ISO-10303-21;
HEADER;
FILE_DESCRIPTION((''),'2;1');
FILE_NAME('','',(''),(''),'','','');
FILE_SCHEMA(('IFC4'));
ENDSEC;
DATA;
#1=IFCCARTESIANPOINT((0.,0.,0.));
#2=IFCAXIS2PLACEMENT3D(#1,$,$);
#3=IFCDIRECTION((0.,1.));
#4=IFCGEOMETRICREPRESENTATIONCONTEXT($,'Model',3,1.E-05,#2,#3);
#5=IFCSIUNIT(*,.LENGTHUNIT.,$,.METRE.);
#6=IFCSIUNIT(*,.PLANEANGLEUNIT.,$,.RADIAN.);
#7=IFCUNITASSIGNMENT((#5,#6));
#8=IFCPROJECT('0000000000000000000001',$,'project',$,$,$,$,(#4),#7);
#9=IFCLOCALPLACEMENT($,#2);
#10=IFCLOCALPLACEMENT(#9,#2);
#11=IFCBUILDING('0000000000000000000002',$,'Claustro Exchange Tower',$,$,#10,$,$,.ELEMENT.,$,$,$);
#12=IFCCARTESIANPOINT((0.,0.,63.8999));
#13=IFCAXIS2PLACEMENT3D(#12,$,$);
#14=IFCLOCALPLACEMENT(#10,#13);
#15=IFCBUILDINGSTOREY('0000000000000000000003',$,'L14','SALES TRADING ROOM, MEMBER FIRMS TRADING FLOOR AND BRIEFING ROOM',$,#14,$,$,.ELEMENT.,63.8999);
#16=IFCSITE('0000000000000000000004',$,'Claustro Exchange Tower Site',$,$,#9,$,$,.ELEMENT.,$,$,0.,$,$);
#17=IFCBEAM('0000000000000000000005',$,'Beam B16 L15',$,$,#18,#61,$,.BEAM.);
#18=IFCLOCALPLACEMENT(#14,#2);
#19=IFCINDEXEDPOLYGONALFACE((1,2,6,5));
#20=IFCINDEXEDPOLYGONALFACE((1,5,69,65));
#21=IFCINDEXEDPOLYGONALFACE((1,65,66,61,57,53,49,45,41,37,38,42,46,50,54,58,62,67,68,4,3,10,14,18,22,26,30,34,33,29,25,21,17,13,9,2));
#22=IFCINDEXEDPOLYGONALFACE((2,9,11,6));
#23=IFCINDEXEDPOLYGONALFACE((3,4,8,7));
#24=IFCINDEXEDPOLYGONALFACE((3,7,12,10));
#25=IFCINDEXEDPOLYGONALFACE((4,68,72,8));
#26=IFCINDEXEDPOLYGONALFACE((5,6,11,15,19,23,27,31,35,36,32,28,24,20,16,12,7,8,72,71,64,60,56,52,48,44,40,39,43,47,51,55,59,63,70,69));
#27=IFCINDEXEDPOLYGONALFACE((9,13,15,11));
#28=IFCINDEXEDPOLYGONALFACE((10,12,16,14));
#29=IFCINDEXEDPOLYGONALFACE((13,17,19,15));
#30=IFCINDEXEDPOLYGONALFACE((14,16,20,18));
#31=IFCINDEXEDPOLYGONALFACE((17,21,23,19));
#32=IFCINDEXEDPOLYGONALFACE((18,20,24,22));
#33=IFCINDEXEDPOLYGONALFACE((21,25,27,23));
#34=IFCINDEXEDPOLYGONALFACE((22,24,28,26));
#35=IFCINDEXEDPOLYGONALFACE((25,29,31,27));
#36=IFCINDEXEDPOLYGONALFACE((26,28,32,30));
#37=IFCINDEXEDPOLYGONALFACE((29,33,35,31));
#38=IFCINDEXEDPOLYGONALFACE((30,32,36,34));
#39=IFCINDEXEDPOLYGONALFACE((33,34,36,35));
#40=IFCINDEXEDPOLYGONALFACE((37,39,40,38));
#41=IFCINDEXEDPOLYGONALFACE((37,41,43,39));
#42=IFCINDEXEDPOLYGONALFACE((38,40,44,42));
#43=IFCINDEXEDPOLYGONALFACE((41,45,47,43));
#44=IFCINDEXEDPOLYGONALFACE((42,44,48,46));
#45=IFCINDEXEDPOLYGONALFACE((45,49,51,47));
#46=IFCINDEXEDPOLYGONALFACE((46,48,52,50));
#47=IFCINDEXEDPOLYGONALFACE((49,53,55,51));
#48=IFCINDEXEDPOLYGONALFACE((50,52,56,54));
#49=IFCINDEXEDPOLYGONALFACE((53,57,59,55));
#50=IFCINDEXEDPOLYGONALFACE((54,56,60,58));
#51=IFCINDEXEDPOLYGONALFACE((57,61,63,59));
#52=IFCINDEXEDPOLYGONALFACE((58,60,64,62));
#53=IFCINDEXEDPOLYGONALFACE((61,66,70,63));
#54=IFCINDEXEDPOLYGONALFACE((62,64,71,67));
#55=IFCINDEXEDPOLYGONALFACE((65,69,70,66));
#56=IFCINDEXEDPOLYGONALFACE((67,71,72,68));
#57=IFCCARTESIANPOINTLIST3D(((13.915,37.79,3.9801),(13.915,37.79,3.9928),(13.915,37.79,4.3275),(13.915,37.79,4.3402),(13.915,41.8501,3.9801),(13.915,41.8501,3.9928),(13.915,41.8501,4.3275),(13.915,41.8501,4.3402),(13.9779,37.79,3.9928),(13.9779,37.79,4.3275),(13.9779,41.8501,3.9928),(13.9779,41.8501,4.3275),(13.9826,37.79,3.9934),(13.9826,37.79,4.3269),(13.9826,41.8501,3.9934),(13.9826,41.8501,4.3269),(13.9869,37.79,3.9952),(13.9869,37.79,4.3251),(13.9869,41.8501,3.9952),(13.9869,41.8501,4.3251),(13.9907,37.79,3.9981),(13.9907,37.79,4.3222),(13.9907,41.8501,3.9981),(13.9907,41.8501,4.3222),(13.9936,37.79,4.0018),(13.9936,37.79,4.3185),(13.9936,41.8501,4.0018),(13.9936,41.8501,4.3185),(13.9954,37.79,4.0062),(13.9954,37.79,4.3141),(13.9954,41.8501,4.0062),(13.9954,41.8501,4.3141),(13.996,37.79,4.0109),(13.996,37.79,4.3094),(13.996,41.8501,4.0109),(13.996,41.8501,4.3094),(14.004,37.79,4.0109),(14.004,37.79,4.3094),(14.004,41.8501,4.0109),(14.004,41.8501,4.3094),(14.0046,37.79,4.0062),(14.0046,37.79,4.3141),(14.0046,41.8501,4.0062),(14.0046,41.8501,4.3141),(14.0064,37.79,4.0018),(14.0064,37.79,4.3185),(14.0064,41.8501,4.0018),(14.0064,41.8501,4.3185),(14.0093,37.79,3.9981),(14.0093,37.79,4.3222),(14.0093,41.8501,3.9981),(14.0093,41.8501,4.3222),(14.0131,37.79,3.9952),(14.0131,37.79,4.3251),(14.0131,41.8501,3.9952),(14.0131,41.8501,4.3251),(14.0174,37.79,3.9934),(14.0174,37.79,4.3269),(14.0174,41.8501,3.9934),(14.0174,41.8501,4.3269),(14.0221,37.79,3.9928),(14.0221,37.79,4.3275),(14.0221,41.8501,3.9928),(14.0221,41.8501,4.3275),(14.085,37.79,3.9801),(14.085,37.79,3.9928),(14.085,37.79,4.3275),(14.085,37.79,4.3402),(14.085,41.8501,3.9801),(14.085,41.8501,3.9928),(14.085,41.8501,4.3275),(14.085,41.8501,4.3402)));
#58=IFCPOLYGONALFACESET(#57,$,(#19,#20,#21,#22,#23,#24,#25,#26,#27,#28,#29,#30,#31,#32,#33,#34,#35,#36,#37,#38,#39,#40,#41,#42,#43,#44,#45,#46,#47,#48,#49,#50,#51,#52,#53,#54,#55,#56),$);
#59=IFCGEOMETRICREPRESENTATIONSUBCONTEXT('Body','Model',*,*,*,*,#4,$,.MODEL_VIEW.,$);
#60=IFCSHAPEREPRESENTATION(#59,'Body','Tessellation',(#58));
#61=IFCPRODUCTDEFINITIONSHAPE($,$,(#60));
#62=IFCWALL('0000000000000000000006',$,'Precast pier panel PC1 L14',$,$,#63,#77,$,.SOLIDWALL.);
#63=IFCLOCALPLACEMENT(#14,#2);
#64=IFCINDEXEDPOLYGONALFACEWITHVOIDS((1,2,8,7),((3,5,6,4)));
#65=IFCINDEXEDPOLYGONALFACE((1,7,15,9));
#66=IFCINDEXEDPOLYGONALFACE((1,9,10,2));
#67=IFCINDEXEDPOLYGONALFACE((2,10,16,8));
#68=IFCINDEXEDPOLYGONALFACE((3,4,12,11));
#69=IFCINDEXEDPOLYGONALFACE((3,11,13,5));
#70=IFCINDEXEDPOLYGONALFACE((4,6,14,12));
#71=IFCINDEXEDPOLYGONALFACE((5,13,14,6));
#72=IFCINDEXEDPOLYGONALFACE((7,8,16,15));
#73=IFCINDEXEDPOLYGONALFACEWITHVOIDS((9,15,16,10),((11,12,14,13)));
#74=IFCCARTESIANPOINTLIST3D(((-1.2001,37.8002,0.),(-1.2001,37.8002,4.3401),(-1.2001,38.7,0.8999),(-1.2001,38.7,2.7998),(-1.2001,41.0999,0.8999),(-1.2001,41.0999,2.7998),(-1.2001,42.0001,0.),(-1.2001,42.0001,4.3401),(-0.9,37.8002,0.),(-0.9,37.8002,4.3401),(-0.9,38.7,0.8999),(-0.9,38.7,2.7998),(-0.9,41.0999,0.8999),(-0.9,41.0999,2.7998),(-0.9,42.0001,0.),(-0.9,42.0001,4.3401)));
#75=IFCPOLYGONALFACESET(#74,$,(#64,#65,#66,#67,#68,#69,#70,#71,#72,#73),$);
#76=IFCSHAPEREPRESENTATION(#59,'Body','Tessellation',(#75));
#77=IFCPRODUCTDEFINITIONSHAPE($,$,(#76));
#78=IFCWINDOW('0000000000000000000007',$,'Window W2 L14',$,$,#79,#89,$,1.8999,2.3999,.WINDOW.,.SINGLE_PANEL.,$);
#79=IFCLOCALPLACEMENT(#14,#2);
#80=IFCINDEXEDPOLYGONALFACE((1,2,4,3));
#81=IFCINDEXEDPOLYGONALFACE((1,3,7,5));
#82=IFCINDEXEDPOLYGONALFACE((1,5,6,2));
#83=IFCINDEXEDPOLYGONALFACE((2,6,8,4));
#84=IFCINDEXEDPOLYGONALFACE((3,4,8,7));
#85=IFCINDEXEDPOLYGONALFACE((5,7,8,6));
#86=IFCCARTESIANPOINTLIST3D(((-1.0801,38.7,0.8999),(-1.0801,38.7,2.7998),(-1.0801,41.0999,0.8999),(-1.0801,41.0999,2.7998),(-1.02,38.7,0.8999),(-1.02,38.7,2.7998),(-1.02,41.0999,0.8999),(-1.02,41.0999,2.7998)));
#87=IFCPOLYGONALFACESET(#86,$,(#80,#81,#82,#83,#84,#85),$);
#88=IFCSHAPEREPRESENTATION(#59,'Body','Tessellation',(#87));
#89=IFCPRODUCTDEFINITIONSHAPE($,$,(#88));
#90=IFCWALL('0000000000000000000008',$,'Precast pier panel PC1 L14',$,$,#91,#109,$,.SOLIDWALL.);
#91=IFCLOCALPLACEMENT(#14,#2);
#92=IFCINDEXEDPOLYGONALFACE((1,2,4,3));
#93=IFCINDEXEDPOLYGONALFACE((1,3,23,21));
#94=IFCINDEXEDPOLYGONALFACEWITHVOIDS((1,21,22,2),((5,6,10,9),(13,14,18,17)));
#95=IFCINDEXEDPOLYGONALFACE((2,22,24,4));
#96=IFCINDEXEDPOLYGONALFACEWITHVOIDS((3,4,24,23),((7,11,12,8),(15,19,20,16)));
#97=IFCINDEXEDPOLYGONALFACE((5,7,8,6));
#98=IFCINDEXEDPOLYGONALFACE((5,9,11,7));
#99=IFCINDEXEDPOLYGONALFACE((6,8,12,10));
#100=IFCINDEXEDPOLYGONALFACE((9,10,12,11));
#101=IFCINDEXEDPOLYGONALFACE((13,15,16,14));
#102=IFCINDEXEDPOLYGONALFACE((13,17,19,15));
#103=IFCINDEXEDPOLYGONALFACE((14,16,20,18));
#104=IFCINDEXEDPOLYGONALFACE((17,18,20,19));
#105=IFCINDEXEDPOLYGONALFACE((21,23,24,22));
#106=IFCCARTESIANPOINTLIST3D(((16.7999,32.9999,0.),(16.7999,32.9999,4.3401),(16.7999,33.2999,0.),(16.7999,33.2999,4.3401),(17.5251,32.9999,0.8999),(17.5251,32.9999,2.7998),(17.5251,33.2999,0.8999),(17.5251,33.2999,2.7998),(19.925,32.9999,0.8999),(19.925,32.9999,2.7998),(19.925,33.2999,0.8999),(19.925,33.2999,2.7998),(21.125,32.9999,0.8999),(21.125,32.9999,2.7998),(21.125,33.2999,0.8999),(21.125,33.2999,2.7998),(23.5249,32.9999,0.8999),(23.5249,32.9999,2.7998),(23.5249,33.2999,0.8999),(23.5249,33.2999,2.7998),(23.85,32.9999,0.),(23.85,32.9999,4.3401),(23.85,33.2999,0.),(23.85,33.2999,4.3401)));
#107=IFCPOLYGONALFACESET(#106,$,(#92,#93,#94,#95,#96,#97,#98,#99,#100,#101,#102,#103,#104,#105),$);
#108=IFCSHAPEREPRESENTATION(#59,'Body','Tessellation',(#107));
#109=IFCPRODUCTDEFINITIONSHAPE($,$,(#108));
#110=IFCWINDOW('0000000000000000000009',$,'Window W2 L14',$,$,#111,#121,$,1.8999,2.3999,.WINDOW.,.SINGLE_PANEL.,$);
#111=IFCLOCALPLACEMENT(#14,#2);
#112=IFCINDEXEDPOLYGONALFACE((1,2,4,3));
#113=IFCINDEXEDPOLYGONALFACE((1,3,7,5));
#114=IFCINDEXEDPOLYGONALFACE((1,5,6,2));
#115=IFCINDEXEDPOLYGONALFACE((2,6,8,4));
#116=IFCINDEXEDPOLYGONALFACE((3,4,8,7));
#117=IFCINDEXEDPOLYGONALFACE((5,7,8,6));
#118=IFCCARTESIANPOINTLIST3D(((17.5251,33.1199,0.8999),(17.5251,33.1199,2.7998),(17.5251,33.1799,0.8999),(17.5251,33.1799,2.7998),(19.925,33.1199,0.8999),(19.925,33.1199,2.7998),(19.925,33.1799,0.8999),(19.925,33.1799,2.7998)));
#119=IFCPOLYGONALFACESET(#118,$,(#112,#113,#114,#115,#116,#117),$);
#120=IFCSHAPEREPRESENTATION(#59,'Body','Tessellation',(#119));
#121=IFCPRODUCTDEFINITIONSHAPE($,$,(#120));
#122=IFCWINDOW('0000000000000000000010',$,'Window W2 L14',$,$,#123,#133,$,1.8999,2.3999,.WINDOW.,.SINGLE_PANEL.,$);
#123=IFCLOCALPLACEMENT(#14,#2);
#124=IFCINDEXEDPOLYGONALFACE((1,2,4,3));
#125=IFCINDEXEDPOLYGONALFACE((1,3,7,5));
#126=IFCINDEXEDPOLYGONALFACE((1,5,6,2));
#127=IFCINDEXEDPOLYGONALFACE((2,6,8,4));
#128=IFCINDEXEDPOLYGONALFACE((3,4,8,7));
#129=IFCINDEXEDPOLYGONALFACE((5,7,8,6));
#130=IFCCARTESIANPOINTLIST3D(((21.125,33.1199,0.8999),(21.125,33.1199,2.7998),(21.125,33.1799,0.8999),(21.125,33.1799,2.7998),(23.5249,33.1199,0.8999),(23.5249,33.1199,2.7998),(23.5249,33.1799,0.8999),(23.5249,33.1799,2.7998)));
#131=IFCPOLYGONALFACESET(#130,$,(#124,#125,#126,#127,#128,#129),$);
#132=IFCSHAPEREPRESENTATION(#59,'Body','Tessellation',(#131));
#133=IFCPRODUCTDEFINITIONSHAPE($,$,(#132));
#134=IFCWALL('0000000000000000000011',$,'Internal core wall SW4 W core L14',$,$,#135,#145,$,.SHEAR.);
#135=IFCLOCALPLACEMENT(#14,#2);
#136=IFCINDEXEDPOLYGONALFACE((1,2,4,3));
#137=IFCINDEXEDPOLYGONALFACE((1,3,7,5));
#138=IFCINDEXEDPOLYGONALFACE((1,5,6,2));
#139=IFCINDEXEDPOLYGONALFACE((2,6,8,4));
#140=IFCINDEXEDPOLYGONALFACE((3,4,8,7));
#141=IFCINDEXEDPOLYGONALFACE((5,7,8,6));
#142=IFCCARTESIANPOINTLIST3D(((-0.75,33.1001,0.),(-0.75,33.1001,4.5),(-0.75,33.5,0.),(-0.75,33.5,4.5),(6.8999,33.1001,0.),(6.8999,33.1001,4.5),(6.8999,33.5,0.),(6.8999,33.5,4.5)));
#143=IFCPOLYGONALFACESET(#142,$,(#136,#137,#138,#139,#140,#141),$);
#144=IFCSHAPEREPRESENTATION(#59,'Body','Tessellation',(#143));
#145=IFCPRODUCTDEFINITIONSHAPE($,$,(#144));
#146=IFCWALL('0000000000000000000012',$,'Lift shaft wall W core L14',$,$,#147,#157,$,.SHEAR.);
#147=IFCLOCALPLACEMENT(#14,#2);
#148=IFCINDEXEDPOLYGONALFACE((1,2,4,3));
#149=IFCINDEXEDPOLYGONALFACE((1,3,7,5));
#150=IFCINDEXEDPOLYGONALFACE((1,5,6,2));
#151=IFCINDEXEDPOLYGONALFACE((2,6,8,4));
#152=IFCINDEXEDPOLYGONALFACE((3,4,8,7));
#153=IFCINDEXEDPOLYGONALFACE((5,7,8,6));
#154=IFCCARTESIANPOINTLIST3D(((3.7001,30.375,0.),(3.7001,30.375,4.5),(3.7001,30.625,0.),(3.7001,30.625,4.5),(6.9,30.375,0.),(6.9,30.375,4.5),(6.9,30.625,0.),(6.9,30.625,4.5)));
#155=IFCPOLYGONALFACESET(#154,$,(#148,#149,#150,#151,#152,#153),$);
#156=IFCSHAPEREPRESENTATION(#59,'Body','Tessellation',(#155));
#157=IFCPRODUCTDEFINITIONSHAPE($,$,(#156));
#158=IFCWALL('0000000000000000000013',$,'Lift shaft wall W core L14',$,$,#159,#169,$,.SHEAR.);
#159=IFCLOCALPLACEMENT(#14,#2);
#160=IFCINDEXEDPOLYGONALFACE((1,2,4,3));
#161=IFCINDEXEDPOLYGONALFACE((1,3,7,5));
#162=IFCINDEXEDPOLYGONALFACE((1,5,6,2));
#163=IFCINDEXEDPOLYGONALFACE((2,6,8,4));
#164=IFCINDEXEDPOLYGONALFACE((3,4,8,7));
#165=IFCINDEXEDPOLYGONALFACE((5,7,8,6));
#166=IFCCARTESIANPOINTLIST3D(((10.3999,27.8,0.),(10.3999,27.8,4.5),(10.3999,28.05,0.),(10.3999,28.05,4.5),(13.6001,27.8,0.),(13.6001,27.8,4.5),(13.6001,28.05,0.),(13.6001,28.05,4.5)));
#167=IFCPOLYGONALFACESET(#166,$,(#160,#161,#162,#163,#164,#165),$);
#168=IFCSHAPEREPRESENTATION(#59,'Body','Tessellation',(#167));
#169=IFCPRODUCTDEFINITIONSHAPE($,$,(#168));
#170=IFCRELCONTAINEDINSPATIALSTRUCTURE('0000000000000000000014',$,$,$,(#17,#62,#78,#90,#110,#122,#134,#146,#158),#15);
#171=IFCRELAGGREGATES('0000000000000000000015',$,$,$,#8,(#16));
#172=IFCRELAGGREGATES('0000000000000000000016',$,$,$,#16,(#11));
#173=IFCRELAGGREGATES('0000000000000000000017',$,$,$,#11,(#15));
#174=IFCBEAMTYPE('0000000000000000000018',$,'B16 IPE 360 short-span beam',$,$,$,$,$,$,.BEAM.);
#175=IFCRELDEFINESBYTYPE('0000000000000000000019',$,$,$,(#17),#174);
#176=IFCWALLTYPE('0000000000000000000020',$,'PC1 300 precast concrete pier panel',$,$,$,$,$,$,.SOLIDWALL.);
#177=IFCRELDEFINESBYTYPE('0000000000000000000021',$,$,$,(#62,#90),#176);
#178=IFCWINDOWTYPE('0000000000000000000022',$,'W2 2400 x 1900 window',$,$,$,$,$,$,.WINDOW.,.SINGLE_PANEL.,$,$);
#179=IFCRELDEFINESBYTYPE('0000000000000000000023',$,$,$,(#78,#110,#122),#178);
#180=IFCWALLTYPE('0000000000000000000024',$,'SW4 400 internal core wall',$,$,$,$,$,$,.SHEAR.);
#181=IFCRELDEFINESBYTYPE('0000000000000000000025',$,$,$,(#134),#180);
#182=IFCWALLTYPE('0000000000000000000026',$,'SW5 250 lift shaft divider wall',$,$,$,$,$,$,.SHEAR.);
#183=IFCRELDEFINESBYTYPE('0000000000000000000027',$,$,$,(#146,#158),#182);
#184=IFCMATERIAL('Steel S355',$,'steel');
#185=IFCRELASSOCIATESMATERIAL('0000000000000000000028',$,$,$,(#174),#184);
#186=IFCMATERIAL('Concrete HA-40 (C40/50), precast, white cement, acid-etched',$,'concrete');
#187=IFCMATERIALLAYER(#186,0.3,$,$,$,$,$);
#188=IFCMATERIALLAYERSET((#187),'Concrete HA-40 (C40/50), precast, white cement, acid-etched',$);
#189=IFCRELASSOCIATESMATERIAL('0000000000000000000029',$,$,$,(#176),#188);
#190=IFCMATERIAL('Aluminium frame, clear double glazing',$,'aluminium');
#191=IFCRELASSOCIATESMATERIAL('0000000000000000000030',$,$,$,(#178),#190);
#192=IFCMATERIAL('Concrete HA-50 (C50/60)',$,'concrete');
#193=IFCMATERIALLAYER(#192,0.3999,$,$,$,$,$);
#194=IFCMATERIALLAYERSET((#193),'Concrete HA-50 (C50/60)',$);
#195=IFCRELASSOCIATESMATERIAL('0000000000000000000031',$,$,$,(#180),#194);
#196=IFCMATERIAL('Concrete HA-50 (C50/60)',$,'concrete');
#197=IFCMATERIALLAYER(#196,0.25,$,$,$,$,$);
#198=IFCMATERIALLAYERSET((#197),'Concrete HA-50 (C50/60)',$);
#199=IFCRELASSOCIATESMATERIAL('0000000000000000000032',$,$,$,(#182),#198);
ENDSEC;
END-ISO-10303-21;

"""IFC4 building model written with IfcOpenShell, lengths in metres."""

from ifc_helpers import new_model, si_unit, direction, frame, frame_2d, origin, origin_2d, place, context, subcontext, project, spatial, rectangle, i_section, extrude, material, layer, layer_set, material_profile, profile_set, type_object, element, fill, save


model = new_model("IFC4")

# Units and contexts
model_context = context("Model", 3, precision=1e-05, world=origin(), true_north=direction((0.0, 1.0)))
body_context = subcontext(model_context, "Body", "Model", "MODEL_VIEW")
ifc_project = project(units=[si_unit("LENGTHUNIT", "METRE"), si_unit("PLANEANGLEUNIT", "RADIAN")], contexts=[model_context])

# Site, building, storey
site_placement = place(None, origin())
site = spatial("IfcSite", under=ifc_project, at=site_placement, Name="Claustro Exchange Tower Site", CompositionType="ELEMENT", RefElevation=0.0)
building_placement = place(site_placement, origin())
building = spatial("IfcBuilding", under=site, at=building_placement, Name="Claustro Exchange Tower", CompositionType="ELEMENT")
storey_placement = place(building_placement, frame((0.0, 0.0, 63.8999)))
storey = spatial("IfcBuildingStorey", under=building, at=storey_placement, Name="L14", Description="SALES TRADING ROOM, MEMBER FIRMS TRADING FLOOR AND BRIEFING ROOM", CompositionType="ELEMENT", Elevation=63.8999)

# Beam
ifc_material_1 = material(Name="Steel S355", Category="steel")
ifc_material_profile_1 = material_profile(ifc_material_1, i_section(OverallWidth=0.1699, OverallDepth=0.3601, WebThickness=0.0081, FlangeThickness=0.0127, FilletRadius=0.0181, at=origin_2d()), Name="IPE 360")
ifc_profile_set_1 = profile_set([ifc_material_profile_1], Name="Steel S355")
beam_type_1 = type_object("IfcBeamType", Name="B16 IPE 360 short-span beam", PredefinedType="BEAM", material=ifc_profile_set_1)
for number, where, z_axis, x_axis, name in (
    (1, (14.0, 37.79, 4.1602), (0.0, 1.0, 0.0), (-1.0, 0.0, 0.0), "Beam B16 L15"),
):
    element("IfcBeam", number, at=place(storey_placement, frame(where, z_axis=z_axis, x_axis=x_axis)), inside=storey, type_object=beam_type_1, Name=name, PredefinedType="BEAM", context=body_context, shape_type="SweptSolid", body=[
        extrude(i_section(OverallWidth=0.1699, OverallDepth=0.3601, WebThickness=0.0081, FlangeThickness=0.0127, FilletRadius=0.0181, at=origin_2d()), origin(), (0.0, 0.0, 1.0), 4.0601),
    ])

# Wall, opening, window
ifc_material_2 = material(Name="Concrete HA-40 (C40/50), precast, white cement, acid-etched", Category="concrete")
ifc_layer_1 = layer(ifc_material_2, 0.3)
ifc_layer_set_1 = layer_set([ifc_layer_1], Name="Concrete HA-40 (C40/50), precast, white cement, acid-etched")
wall_type_1 = type_object("IfcWallType", Name="PC1 300 precast concrete pier panel", PredefinedType="SOLIDWALL", material=ifc_layer_set_1)
wall_1_placement = place(storey_placement, frame((-1.05, 37.8, 0.0), z_axis=(0.0, 0.0, 1.0), x_axis=(0.0, 1.0, 0.0)))
wall_1 = element("IfcWall", 2, at=wall_1_placement, inside=storey, type_object=wall_type_1, Name="Precast pier panel PC1 L14", PredefinedType="SOLIDWALL", context=body_context, shape_type="SweptSolid", body=[
    extrude(rectangle(XDim=4.2, YDim=0.3, at=frame_2d((2.1001, 0.0))), origin(), (0.0, 0.0, 1.0), 4.3401),
])
opening_1_placement = place(wall_1_placement, frame((0.8999, 0.0, 0.8999)))
opening_1 = element("IfcOpeningElement", 3, at=opening_1_placement, cuts=wall_1, PredefinedType="OPENING", context=body_context, shape_type="SweptSolid", body=[
    extrude(rectangle(XDim=2.3999, YDim=1.8999, at=frame_2d((1.2, 0.95))), frame((0.0, 0.1599, 0.0), z_axis=(0.0, -1.0, 0.0), x_axis=(1.0, 0.0, 0.0)), (0.0, 0.0, 1.0), 0.3201),
])
ifc_material_3 = material(Name="Aluminium frame, clear double glazing", Category="aluminium")
window_type = type_object("IfcWindowType", Name="W2 2400 x 1900 window", PartitioningType="SINGLE_PANEL", PredefinedType="WINDOW", material=ifc_material_3)
window_1_placement = place(opening_1_placement, origin())
window_1 = element("IfcWindow", 4, at=window_1_placement, inside=storey, type_object=window_type, Name="Window W2 L14", OverallHeight=1.8999, OverallWidth=2.3999, PartitioningType="SINGLE_PANEL", PredefinedType="WINDOW", context=body_context, shape_type="SweptSolid", body=[
    extrude(rectangle(XDim=2.3999, YDim=1.8999, at=frame_2d((1.2, 0.95))), frame((0.0, 0.03, 0.0), z_axis=(0.0, -1.0, 0.0), x_axis=(1.0, 0.0, 0.0)), (0.0, 0.0, 1.0), 0.0601),
])
fill(opening_1, window_1)

# Wall, openings, windows
wall_2_placement = place(storey_placement, frame((16.8, 33.1499, 0.0), z_axis=(0.0, 0.0, 1.0), x_axis=(1.0, 0.0, 0.0)))
wall_2 = element("IfcWall", 5, at=wall_2_placement, inside=storey, type_object=wall_type_1, Name="Precast pier panel PC1 L14", PredefinedType="SOLIDWALL", context=body_context, shape_type="SweptSolid", body=[
    extrude(rectangle(XDim=7.05, YDim=0.3, at=frame_2d((3.5249, 0.0))), origin(), (0.0, 0.0, 1.0), 4.3401),
])
opening_2_placement = place(wall_2_placement, frame((0.7251, 0.0, 0.8999)))
opening_2 = element("IfcOpeningElement", 6, at=opening_2_placement, cuts=wall_2, PredefinedType="OPENING", context=body_context, shape_type="SweptSolid", body=[
    extrude(rectangle(XDim=2.3999, YDim=1.8999, at=frame_2d((1.2, 0.95))), frame((0.0, 0.1599, 0.0), z_axis=(0.0, -1.0, 0.0), x_axis=(1.0, 0.0, 0.0)), (0.0, 0.0, 1.0), 0.3201),
])
opening_3_placement = place(wall_2_placement, frame((4.325, 0.0, 0.8999)))
opening_3 = element("IfcOpeningElement", 7, at=opening_3_placement, cuts=wall_2, PredefinedType="OPENING", context=body_context, shape_type="SweptSolid", body=[
    extrude(rectangle(XDim=2.3999, YDim=1.8999, at=frame_2d((1.2, 0.95))), frame((0.0, 0.1599, 0.0), z_axis=(0.0, -1.0, 0.0), x_axis=(1.0, 0.0, 0.0)), (0.0, 0.0, 1.0), 0.3201),
])
window_2_placement = place(opening_2_placement, origin())
window_2 = element("IfcWindow", 8, at=window_2_placement, inside=storey, type_object=window_type, Name="Window W2 L14", OverallHeight=1.8999, OverallWidth=2.3999, PartitioningType="SINGLE_PANEL", PredefinedType="WINDOW", context=body_context, shape_type="SweptSolid", body=[
    extrude(rectangle(XDim=2.3999, YDim=1.8999, at=frame_2d((1.2, 0.95))), frame((0.0, 0.03, 0.0), z_axis=(0.0, -1.0, 0.0), x_axis=(1.0, 0.0, 0.0)), (0.0, 0.0, 1.0), 0.0601),
])
fill(opening_2, window_2)
window_3_placement = place(opening_3_placement, origin())
window_3 = element("IfcWindow", 9, at=window_3_placement, inside=storey, type_object=window_type, Name="Window W2 L14", OverallHeight=1.8999, OverallWidth=2.3999, PartitioningType="SINGLE_PANEL", PredefinedType="WINDOW", context=body_context, shape_type="SweptSolid", body=[
    extrude(rectangle(XDim=2.3999, YDim=1.8999, at=frame_2d((1.2, 0.95))), frame((0.0, 0.03, 0.0), z_axis=(0.0, -1.0, 0.0), x_axis=(1.0, 0.0, 0.0)), (0.0, 0.0, 1.0), 0.0601),
])
fill(opening_3, window_3)

# Walls
ifc_material_4 = material(Name="Concrete HA-50 (C50/60)", Category="concrete")
ifc_layer_2 = layer(ifc_material_4, 0.3999)
ifc_layer_set_2 = layer_set([ifc_layer_2], Name="Concrete HA-50 (C50/60)")
wall_type_2 = type_object("IfcWallType", Name="SW4 400 internal core wall", PredefinedType="SHEAR", material=ifc_layer_set_2)
wall_3_placement = place(storey_placement, frame((-0.75, 33.3, 0.0), z_axis=(0.0, 0.0, 1.0), x_axis=(1.0, 0.0, 0.0)))
element("IfcWall", 10, at=wall_3_placement, inside=storey, type_object=wall_type_2, Name="Internal core wall SW4 W core L14", PredefinedType="SHEAR", context=body_context, shape_type="SweptSolid", body=[
    extrude(rectangle(XDim=7.6499, YDim=0.3999, at=frame_2d((3.825, 0.0))), origin(), (0.0, 0.0, 1.0), 4.5),
])
ifc_material_5 = material(Name="Concrete HA-50 (C50/60)", Category="concrete")
ifc_layer_3 = layer(ifc_material_5, 0.25)
ifc_layer_set_3 = layer_set([ifc_layer_3], Name="Concrete HA-50 (C50/60)")
wall_type_3 = type_object("IfcWallType", Name="SW5 250 lift shaft divider wall", PredefinedType="SHEAR", material=ifc_layer_set_3)
wall_4_placement = place(storey_placement, frame((3.7, 30.5, 0.0), z_axis=(0.0, 0.0, 1.0), x_axis=(1.0, 0.0, 0.0)))
element("IfcWall", 11, at=wall_4_placement, inside=storey, type_object=wall_type_3, Name="Lift shaft wall W core L14", PredefinedType="SHEAR", context=body_context, shape_type="SweptSolid", body=[
    extrude(rectangle(XDim=3.2, YDim=0.25, at=frame_2d((1.6001, 0.0))), origin(), (0.0, 0.0, 1.0), 4.5),
])
for number, where, z_axis, x_axis, name in (
    (12, (10.3999, 27.925, 0.0), (0.0, 0.0, 1.0), (1.0, 0.0, 0.0), "Lift shaft wall W core L14"),
):
    element("IfcWall", number, at=place(storey_placement, frame(where, z_axis=z_axis, x_axis=x_axis)), inside=storey, type_object=wall_type_3, Name=name, PredefinedType="SHEAR", context=body_context, shape_type="SweptSolid", body=[
        extrude(rectangle(XDim=3.2002, YDim=0.25, at=frame_2d((1.6001, 0.0))), origin(), (0.0, 0.0, 1.0), 4.5),
    ])

save(model, "model.ifc")
